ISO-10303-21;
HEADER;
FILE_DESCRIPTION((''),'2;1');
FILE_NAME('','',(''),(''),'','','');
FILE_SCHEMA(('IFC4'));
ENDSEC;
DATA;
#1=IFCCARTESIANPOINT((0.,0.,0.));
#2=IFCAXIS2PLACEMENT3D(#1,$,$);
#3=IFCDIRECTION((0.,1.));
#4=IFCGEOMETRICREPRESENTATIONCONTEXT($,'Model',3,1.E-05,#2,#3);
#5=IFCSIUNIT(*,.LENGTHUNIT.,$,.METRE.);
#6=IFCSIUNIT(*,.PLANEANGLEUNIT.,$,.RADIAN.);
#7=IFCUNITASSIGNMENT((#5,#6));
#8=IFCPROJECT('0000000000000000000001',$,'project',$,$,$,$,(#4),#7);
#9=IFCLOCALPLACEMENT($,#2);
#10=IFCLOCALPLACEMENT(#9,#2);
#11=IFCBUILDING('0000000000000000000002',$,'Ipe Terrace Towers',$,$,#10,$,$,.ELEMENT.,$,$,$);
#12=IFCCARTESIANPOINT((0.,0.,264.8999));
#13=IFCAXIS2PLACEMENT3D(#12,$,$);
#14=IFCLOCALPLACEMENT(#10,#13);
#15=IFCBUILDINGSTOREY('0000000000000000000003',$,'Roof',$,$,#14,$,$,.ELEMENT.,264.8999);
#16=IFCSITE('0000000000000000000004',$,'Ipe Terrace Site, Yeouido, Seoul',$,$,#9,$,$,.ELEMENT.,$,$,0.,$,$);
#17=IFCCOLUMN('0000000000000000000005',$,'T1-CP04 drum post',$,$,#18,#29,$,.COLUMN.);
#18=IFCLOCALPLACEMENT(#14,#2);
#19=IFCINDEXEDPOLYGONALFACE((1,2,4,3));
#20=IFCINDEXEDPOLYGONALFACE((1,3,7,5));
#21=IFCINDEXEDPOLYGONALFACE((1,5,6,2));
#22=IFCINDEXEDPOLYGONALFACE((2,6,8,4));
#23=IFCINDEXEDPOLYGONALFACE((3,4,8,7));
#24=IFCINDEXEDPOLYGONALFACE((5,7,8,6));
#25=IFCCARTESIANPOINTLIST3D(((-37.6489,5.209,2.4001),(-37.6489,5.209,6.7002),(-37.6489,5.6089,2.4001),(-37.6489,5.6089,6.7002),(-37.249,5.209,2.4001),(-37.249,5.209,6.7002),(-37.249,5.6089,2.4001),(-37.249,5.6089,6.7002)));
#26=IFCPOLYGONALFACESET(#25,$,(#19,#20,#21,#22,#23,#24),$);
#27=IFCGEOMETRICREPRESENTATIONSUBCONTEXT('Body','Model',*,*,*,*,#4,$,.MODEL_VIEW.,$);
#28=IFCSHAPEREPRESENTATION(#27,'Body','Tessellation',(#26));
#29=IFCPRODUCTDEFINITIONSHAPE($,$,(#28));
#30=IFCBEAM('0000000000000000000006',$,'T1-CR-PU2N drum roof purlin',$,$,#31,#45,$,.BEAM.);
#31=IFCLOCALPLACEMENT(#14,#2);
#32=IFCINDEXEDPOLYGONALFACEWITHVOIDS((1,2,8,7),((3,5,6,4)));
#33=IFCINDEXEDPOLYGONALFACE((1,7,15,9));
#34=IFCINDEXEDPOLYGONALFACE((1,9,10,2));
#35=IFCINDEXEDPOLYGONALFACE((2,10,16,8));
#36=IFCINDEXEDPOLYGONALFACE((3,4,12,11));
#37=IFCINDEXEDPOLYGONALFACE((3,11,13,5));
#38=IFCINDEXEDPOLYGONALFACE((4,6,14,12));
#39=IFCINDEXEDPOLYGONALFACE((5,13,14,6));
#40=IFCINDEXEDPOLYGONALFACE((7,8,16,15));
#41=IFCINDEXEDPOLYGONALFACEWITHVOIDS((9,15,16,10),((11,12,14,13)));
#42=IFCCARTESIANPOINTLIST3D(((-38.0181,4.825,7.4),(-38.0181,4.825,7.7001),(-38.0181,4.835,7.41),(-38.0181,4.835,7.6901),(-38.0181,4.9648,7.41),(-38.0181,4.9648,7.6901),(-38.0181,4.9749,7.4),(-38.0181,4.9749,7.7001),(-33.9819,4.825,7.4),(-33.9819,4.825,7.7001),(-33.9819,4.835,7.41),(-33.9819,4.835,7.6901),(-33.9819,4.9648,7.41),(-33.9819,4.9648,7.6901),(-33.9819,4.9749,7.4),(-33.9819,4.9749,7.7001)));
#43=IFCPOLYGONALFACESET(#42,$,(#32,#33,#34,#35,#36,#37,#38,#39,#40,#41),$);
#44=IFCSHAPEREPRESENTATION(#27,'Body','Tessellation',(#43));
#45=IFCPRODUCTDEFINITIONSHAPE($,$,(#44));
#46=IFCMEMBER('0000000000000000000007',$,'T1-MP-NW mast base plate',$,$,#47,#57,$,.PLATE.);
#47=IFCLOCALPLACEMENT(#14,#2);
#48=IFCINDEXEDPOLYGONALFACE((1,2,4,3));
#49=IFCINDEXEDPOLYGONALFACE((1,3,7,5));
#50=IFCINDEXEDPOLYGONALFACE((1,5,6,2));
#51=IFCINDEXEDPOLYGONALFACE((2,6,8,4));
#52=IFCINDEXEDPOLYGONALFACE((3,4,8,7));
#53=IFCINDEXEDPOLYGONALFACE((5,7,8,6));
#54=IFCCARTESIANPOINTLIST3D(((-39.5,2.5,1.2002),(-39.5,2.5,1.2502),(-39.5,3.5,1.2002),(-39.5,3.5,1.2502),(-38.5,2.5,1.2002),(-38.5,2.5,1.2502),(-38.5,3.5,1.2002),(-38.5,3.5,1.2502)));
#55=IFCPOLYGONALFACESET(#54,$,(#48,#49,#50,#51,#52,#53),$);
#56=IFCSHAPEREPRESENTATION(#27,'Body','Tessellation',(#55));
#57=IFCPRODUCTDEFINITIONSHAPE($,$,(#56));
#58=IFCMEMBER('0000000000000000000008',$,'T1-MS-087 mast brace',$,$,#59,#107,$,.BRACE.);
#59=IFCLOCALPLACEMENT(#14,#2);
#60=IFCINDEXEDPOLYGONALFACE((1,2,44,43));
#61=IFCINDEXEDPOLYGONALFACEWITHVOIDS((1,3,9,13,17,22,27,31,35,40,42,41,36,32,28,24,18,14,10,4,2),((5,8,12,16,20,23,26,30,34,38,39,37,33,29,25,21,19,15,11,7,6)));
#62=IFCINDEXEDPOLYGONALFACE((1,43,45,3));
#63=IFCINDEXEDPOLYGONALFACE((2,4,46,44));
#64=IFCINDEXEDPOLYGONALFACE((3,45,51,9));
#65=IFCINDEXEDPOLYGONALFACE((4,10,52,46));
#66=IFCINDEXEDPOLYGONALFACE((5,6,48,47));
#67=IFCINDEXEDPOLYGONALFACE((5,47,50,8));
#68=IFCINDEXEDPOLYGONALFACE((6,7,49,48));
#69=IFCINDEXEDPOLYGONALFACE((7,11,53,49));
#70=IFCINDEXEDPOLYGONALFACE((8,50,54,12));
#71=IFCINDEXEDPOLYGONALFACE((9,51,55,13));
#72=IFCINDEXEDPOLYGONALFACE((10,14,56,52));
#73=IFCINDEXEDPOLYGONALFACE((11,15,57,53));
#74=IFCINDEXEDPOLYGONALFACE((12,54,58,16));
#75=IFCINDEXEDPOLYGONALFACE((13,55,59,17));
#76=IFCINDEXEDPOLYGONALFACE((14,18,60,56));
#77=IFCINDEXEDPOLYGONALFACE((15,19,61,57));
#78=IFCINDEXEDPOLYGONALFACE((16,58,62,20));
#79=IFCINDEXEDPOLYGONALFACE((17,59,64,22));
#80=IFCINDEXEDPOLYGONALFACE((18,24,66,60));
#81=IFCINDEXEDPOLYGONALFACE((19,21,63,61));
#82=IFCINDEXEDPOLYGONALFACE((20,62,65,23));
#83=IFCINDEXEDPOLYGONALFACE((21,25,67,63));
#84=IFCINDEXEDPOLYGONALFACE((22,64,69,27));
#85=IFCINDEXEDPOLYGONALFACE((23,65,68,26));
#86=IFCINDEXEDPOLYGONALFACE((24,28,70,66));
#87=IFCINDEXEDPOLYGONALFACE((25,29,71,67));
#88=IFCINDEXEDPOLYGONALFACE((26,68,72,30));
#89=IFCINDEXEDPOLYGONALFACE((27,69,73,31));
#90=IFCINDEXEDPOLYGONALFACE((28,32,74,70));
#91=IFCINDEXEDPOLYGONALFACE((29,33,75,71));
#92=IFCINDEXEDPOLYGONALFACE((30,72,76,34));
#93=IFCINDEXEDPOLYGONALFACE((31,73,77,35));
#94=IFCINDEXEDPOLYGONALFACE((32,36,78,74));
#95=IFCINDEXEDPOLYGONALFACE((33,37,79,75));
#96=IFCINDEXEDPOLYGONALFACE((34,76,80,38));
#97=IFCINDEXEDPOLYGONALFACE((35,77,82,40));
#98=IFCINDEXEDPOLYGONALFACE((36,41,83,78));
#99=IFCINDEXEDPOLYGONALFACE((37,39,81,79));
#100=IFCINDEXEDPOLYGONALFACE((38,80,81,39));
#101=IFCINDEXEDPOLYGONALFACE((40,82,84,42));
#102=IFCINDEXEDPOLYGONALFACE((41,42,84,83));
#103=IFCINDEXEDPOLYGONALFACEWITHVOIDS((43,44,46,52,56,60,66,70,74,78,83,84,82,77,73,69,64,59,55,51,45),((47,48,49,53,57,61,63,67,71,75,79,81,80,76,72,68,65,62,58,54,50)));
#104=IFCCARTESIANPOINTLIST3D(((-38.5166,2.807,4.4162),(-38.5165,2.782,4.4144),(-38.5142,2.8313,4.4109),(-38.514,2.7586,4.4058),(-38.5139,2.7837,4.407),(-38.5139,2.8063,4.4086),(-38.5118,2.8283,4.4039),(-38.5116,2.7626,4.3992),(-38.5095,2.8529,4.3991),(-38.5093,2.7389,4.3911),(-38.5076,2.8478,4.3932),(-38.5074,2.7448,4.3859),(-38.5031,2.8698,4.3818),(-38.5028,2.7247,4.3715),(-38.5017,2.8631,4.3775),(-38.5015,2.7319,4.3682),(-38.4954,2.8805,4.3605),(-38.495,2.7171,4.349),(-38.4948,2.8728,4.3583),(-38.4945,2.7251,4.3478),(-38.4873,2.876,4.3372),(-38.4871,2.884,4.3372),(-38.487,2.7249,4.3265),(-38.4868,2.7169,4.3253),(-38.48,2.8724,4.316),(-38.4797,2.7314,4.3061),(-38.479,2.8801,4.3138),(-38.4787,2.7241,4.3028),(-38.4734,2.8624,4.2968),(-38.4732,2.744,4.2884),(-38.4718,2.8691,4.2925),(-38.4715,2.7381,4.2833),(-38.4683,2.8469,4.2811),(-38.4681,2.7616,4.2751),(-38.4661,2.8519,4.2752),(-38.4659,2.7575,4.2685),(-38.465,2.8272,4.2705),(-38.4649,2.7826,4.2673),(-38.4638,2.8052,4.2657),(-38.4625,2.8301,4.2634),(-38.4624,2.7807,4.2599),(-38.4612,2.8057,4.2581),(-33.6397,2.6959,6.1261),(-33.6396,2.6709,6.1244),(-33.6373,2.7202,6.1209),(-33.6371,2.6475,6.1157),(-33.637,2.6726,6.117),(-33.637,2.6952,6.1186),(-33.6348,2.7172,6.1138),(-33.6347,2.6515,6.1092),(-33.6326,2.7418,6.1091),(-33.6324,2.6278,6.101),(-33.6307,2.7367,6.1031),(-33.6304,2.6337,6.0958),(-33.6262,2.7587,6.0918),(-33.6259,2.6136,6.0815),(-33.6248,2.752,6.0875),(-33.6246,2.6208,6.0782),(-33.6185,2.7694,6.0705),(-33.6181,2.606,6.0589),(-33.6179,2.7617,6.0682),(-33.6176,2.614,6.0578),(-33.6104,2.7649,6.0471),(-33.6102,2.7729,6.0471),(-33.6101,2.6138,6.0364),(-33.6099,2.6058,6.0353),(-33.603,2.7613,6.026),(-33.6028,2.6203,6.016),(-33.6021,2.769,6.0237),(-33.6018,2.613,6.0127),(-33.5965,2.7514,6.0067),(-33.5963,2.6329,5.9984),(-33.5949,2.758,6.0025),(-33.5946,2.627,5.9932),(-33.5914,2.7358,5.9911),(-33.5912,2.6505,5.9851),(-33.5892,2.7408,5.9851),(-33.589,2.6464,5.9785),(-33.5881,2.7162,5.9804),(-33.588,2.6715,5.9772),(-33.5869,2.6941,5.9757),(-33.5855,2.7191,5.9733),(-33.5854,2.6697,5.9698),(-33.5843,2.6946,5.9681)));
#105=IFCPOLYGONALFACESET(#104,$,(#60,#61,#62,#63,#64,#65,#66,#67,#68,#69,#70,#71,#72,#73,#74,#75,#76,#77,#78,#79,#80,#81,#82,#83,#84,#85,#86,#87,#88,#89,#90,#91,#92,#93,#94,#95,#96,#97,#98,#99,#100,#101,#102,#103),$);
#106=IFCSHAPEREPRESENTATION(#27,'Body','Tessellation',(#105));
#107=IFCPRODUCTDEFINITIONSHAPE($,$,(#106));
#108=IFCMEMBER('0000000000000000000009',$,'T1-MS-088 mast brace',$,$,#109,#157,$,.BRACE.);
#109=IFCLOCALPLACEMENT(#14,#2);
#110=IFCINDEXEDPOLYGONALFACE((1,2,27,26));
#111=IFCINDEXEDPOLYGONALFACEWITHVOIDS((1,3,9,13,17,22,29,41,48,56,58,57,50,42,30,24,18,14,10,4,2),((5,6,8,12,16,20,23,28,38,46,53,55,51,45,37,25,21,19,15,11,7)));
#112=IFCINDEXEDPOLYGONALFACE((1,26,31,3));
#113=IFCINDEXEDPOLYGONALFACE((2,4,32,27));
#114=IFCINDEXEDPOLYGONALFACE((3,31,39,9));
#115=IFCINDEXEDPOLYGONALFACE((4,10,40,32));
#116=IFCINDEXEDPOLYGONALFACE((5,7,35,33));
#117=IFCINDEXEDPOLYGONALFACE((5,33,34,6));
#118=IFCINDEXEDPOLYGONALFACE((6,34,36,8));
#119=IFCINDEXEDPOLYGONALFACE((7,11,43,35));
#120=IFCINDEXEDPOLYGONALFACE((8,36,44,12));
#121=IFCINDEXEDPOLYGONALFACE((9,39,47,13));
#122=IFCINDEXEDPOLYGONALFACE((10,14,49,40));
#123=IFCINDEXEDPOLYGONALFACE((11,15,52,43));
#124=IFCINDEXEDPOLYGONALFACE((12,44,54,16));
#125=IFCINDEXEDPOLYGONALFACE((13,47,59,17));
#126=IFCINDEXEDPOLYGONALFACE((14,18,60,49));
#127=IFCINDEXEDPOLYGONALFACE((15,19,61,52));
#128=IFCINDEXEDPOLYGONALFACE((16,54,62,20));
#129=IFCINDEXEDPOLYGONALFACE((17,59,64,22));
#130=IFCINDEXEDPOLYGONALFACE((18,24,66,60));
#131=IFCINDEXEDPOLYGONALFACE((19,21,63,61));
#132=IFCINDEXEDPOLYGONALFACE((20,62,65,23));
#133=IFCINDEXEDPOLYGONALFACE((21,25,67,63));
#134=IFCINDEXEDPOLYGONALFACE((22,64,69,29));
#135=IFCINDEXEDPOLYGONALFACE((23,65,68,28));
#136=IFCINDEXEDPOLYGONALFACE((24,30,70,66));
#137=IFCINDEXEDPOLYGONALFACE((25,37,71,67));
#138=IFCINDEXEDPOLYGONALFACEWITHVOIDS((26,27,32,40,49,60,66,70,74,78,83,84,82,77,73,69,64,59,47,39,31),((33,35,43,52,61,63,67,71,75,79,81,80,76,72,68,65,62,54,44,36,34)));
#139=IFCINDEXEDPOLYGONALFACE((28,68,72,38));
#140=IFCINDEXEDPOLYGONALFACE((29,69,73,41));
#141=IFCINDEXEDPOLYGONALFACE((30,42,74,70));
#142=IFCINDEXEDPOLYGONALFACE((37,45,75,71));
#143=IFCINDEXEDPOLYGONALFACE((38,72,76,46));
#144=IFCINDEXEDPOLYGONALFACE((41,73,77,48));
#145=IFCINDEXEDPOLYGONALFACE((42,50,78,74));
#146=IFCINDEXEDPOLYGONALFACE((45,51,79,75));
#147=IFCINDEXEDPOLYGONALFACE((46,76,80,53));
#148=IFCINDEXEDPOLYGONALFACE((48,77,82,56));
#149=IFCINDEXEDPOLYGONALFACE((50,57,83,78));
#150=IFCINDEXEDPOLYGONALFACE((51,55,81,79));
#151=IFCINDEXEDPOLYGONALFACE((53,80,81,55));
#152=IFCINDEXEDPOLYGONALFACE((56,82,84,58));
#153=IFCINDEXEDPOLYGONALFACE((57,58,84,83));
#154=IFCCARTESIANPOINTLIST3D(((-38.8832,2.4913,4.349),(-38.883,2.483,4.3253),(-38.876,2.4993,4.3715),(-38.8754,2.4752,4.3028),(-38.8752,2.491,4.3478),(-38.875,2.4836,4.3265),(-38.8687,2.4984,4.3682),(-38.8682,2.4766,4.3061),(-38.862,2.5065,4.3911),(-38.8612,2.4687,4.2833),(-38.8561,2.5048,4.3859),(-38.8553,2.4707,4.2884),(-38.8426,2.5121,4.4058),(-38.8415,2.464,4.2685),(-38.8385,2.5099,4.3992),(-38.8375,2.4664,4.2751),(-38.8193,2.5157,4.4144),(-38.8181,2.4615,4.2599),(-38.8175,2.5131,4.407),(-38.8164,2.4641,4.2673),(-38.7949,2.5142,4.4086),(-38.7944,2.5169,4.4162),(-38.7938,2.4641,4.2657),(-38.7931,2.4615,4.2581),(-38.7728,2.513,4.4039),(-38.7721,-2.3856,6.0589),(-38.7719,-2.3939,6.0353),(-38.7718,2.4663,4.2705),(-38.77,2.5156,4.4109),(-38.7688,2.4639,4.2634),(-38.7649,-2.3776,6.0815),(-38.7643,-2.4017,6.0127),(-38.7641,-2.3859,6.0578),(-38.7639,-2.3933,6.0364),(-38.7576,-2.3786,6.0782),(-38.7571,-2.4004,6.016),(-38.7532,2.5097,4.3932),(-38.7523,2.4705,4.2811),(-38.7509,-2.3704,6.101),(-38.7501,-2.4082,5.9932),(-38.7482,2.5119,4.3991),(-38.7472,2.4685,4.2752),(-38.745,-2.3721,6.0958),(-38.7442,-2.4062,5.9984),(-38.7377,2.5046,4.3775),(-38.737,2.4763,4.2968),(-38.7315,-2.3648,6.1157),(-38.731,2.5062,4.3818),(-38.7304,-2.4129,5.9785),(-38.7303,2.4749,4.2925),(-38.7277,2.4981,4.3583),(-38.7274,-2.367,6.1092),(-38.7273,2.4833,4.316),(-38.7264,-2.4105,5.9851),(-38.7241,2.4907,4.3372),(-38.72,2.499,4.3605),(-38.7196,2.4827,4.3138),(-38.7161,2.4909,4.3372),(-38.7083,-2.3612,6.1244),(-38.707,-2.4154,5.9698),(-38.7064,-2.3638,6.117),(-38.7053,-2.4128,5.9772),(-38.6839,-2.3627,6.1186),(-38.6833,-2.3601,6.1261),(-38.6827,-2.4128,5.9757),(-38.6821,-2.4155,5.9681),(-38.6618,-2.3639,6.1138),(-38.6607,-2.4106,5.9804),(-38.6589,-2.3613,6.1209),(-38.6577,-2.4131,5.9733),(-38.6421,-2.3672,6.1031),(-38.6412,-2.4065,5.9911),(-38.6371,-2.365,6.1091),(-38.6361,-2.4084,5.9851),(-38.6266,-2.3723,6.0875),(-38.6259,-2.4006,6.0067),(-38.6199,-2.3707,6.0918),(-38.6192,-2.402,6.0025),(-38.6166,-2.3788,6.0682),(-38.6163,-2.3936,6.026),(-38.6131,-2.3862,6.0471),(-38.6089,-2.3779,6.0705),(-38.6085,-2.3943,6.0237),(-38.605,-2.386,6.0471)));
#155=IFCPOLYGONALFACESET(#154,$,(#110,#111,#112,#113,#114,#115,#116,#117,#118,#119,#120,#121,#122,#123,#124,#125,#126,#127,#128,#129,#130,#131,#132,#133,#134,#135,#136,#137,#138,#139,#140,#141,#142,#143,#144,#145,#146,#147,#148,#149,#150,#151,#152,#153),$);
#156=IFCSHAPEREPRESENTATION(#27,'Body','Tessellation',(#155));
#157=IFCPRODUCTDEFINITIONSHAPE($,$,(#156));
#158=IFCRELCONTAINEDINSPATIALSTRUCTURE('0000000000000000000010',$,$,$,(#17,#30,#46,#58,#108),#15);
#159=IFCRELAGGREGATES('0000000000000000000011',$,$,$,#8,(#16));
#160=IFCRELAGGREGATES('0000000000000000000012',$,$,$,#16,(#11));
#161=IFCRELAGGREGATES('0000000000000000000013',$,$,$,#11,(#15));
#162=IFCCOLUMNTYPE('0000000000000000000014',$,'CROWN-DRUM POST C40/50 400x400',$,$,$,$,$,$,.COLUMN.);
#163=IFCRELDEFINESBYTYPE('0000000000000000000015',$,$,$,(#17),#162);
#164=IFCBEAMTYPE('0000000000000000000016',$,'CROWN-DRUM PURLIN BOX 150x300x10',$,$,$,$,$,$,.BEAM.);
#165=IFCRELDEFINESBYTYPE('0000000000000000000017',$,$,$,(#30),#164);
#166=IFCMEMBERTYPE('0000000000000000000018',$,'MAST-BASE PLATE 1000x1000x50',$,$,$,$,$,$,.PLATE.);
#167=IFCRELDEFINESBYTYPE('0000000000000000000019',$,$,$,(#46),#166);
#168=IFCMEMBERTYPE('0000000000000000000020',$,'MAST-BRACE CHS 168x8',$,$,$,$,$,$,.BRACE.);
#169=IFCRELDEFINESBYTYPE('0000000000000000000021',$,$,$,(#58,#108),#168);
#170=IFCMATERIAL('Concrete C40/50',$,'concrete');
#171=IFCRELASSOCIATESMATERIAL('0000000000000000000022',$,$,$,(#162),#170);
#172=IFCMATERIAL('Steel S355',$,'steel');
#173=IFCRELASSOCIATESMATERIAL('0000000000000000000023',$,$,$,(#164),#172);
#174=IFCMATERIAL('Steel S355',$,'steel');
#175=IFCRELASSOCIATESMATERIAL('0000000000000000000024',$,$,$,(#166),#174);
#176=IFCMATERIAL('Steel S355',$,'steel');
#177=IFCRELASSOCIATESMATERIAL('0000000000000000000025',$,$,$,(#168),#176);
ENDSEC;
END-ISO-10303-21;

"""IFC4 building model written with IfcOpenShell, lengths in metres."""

from ifc_helpers import new_model, si_unit, direction, frame, origin, origin_2d, place, context, subcontext, project, spatial, rectangle, hollow_rectangle, hollow_circle, extrude, material, material_profile, profile_set, type_object, element, save


model = new_model("IFC4")

# Units and contexts
model_context = context("Model", 3, precision=1e-05, world=origin(), true_north=direction((0.0, 1.0)))
body_context = subcontext(model_context, "Body", "Model", "MODEL_VIEW")
ifc_project = project(units=[si_unit("LENGTHUNIT", "METRE"), si_unit("PLANEANGLEUNIT", "RADIAN")], contexts=[model_context])

# Site, building, storey
site_placement = place(None, origin())
site = spatial("IfcSite", under=ifc_project, at=site_placement, Name="Ipe Terrace Site, Yeouido, Seoul", CompositionType="ELEMENT", RefElevation=0.0)
building_placement = place(site_placement, origin())
building = spatial("IfcBuilding", under=site, at=building_placement, Name="Ipe Terrace Towers", CompositionType="ELEMENT")
storey_placement = place(building_placement, frame((0.0, 0.0, 264.8999)))
storey = spatial("IfcBuildingStorey", under=building, at=storey_placement, Name="Roof", CompositionType="ELEMENT", Elevation=264.8999)

# Column
ifc_material_1 = material(Name="Concrete C40/50", Category="concrete")
ifc_material_profile_1 = material_profile(ifc_material_1, rectangle(XDim=0.3999, YDim=0.3999, at=origin_2d()), Name="CROWN-DRUM POST C40/50 400x400")
ifc_profile_set_1 = profile_set([ifc_material_profile_1], Name="Concrete C40/50")
column_type = type_object("IfcColumnType", Name="CROWN-DRUM POST C40/50 400x400", PredefinedType="COLUMN", material=ifc_profile_set_1)
column_placement = place(storey_placement, frame((-37.449, 5.4089, 2.4001), z_axis=(0.0, 0.0, 1.0), x_axis=(1.0, 0.0, 0.0)))
element("IfcColumn", 1, at=column_placement, inside=storey, type_object=column_type, Name="T1-CP04 drum post", PredefinedType="COLUMN", context=body_context, shape_type="SweptSolid", body=[
    extrude(rectangle(XDim=0.3999, YDim=0.3999, at=origin_2d()), origin(), (0.0, 0.0, 1.0), 4.3),
])

# Beam
ifc_material_2 = material(Name="Steel S355", Category="steel")
ifc_material_profile_2 = material_profile(ifc_material_2, hollow_rectangle(XDim=0.1499, YDim=0.3, WallThickness=0.01, at=origin_2d()), Name="CROWN-DRUM PURLIN BOX 150x300x10")
ifc_profile_set_2 = profile_set([ifc_material_profile_2], Name="Steel S355")
beam_type_1 = type_object("IfcBeamType", Name="CROWN-DRUM PURLIN BOX 150x300x10", PredefinedType="BEAM", material=ifc_profile_set_2)
beam_placement = place(storey_placement, frame((-38.0181, 4.8999, 7.55), z_axis=(1.0, 0.0, 0.0), x_axis=(0.0, 1.0, 0.0)))
element("IfcBeam", 2, at=beam_placement, inside=storey, type_object=beam_type_1, Name="T1-CR-PU2N drum roof purlin", PredefinedType="BEAM", context=body_context, shape_type="SweptSolid", body=[
    extrude(hollow_rectangle(XDim=0.1499, YDim=0.3, WallThickness=0.01, at=origin_2d()), origin(), (0.0, 0.0, 1.0), 4.0361),
])

# Members
ifc_material_3 = material(Name="Steel S355", Category="steel")
member_type_1 = type_object("IfcMemberType", Name="MAST-BASE PLATE 1000x1000x50", PredefinedType="PLATE", material=ifc_material_3)
member_1_placement = place(storey_placement, frame((-39.0, 3.0, 1.2002), z_axis=(0.0, 0.0, 1.0), x_axis=(1.0, 0.0, 0.0)))
element("IfcMember", 3, at=member_1_placement, inside=storey, type_object=member_type_1, Name="T1-MP-NW mast base plate", PredefinedType="PLATE", context=body_context, shape_type="SweptSolid", body=[
    extrude(rectangle(XDim=1.0, YDim=1.0, at=origin_2d()), origin(), (0.0, 0.0, 1.0), 0.05),
])
ifc_material_4 = material(Name="Steel S355", Category="steel")
ifc_material_profile_3 = material_profile(ifc_material_4, hollow_circle(Radius=0.084, WallThickness=0.0081, at=origin_2d()), Name="MAST-BRACE CHS 168x8")
ifc_profile_set_3 = profile_set([ifc_material_profile_3], Name="Steel S355")
member_type_2 = type_object("IfcMemberType", Name="MAST-BRACE CHS 168x8", PredefinedType="BRACE", material=ifc_profile_set_3)
for number, where, z_axis, x_axis, name in (
    (4, (-38.489, 2.8, 4.3372), (0.943458, -0.021489, 0.330796), (0.022771, 0.999741, 0.0), "T1-MS-087 mast brace"),
    (5, (-38.8, 2.489, 4.3372), (0.021489, -0.943458, 0.330796), (0.999741, 0.022771, 0.0), "T1-MS-088 mast brace"),
):
    element("IfcMember", number, at=place(storey_placement, frame(where, z_axis=z_axis, x_axis=x_axis)), inside=storey, type_object=member_type_2, Name=name, PredefinedType="BRACE", context=body_context, shape_type="SweptSolid", body=[
        extrude(hollow_circle(Radius=0.084, WallThickness=0.0081, at=origin_2d()), origin(), (0.0, 0.0, 1.0), 5.1692),
    ])

save(model, "model.ifc")
